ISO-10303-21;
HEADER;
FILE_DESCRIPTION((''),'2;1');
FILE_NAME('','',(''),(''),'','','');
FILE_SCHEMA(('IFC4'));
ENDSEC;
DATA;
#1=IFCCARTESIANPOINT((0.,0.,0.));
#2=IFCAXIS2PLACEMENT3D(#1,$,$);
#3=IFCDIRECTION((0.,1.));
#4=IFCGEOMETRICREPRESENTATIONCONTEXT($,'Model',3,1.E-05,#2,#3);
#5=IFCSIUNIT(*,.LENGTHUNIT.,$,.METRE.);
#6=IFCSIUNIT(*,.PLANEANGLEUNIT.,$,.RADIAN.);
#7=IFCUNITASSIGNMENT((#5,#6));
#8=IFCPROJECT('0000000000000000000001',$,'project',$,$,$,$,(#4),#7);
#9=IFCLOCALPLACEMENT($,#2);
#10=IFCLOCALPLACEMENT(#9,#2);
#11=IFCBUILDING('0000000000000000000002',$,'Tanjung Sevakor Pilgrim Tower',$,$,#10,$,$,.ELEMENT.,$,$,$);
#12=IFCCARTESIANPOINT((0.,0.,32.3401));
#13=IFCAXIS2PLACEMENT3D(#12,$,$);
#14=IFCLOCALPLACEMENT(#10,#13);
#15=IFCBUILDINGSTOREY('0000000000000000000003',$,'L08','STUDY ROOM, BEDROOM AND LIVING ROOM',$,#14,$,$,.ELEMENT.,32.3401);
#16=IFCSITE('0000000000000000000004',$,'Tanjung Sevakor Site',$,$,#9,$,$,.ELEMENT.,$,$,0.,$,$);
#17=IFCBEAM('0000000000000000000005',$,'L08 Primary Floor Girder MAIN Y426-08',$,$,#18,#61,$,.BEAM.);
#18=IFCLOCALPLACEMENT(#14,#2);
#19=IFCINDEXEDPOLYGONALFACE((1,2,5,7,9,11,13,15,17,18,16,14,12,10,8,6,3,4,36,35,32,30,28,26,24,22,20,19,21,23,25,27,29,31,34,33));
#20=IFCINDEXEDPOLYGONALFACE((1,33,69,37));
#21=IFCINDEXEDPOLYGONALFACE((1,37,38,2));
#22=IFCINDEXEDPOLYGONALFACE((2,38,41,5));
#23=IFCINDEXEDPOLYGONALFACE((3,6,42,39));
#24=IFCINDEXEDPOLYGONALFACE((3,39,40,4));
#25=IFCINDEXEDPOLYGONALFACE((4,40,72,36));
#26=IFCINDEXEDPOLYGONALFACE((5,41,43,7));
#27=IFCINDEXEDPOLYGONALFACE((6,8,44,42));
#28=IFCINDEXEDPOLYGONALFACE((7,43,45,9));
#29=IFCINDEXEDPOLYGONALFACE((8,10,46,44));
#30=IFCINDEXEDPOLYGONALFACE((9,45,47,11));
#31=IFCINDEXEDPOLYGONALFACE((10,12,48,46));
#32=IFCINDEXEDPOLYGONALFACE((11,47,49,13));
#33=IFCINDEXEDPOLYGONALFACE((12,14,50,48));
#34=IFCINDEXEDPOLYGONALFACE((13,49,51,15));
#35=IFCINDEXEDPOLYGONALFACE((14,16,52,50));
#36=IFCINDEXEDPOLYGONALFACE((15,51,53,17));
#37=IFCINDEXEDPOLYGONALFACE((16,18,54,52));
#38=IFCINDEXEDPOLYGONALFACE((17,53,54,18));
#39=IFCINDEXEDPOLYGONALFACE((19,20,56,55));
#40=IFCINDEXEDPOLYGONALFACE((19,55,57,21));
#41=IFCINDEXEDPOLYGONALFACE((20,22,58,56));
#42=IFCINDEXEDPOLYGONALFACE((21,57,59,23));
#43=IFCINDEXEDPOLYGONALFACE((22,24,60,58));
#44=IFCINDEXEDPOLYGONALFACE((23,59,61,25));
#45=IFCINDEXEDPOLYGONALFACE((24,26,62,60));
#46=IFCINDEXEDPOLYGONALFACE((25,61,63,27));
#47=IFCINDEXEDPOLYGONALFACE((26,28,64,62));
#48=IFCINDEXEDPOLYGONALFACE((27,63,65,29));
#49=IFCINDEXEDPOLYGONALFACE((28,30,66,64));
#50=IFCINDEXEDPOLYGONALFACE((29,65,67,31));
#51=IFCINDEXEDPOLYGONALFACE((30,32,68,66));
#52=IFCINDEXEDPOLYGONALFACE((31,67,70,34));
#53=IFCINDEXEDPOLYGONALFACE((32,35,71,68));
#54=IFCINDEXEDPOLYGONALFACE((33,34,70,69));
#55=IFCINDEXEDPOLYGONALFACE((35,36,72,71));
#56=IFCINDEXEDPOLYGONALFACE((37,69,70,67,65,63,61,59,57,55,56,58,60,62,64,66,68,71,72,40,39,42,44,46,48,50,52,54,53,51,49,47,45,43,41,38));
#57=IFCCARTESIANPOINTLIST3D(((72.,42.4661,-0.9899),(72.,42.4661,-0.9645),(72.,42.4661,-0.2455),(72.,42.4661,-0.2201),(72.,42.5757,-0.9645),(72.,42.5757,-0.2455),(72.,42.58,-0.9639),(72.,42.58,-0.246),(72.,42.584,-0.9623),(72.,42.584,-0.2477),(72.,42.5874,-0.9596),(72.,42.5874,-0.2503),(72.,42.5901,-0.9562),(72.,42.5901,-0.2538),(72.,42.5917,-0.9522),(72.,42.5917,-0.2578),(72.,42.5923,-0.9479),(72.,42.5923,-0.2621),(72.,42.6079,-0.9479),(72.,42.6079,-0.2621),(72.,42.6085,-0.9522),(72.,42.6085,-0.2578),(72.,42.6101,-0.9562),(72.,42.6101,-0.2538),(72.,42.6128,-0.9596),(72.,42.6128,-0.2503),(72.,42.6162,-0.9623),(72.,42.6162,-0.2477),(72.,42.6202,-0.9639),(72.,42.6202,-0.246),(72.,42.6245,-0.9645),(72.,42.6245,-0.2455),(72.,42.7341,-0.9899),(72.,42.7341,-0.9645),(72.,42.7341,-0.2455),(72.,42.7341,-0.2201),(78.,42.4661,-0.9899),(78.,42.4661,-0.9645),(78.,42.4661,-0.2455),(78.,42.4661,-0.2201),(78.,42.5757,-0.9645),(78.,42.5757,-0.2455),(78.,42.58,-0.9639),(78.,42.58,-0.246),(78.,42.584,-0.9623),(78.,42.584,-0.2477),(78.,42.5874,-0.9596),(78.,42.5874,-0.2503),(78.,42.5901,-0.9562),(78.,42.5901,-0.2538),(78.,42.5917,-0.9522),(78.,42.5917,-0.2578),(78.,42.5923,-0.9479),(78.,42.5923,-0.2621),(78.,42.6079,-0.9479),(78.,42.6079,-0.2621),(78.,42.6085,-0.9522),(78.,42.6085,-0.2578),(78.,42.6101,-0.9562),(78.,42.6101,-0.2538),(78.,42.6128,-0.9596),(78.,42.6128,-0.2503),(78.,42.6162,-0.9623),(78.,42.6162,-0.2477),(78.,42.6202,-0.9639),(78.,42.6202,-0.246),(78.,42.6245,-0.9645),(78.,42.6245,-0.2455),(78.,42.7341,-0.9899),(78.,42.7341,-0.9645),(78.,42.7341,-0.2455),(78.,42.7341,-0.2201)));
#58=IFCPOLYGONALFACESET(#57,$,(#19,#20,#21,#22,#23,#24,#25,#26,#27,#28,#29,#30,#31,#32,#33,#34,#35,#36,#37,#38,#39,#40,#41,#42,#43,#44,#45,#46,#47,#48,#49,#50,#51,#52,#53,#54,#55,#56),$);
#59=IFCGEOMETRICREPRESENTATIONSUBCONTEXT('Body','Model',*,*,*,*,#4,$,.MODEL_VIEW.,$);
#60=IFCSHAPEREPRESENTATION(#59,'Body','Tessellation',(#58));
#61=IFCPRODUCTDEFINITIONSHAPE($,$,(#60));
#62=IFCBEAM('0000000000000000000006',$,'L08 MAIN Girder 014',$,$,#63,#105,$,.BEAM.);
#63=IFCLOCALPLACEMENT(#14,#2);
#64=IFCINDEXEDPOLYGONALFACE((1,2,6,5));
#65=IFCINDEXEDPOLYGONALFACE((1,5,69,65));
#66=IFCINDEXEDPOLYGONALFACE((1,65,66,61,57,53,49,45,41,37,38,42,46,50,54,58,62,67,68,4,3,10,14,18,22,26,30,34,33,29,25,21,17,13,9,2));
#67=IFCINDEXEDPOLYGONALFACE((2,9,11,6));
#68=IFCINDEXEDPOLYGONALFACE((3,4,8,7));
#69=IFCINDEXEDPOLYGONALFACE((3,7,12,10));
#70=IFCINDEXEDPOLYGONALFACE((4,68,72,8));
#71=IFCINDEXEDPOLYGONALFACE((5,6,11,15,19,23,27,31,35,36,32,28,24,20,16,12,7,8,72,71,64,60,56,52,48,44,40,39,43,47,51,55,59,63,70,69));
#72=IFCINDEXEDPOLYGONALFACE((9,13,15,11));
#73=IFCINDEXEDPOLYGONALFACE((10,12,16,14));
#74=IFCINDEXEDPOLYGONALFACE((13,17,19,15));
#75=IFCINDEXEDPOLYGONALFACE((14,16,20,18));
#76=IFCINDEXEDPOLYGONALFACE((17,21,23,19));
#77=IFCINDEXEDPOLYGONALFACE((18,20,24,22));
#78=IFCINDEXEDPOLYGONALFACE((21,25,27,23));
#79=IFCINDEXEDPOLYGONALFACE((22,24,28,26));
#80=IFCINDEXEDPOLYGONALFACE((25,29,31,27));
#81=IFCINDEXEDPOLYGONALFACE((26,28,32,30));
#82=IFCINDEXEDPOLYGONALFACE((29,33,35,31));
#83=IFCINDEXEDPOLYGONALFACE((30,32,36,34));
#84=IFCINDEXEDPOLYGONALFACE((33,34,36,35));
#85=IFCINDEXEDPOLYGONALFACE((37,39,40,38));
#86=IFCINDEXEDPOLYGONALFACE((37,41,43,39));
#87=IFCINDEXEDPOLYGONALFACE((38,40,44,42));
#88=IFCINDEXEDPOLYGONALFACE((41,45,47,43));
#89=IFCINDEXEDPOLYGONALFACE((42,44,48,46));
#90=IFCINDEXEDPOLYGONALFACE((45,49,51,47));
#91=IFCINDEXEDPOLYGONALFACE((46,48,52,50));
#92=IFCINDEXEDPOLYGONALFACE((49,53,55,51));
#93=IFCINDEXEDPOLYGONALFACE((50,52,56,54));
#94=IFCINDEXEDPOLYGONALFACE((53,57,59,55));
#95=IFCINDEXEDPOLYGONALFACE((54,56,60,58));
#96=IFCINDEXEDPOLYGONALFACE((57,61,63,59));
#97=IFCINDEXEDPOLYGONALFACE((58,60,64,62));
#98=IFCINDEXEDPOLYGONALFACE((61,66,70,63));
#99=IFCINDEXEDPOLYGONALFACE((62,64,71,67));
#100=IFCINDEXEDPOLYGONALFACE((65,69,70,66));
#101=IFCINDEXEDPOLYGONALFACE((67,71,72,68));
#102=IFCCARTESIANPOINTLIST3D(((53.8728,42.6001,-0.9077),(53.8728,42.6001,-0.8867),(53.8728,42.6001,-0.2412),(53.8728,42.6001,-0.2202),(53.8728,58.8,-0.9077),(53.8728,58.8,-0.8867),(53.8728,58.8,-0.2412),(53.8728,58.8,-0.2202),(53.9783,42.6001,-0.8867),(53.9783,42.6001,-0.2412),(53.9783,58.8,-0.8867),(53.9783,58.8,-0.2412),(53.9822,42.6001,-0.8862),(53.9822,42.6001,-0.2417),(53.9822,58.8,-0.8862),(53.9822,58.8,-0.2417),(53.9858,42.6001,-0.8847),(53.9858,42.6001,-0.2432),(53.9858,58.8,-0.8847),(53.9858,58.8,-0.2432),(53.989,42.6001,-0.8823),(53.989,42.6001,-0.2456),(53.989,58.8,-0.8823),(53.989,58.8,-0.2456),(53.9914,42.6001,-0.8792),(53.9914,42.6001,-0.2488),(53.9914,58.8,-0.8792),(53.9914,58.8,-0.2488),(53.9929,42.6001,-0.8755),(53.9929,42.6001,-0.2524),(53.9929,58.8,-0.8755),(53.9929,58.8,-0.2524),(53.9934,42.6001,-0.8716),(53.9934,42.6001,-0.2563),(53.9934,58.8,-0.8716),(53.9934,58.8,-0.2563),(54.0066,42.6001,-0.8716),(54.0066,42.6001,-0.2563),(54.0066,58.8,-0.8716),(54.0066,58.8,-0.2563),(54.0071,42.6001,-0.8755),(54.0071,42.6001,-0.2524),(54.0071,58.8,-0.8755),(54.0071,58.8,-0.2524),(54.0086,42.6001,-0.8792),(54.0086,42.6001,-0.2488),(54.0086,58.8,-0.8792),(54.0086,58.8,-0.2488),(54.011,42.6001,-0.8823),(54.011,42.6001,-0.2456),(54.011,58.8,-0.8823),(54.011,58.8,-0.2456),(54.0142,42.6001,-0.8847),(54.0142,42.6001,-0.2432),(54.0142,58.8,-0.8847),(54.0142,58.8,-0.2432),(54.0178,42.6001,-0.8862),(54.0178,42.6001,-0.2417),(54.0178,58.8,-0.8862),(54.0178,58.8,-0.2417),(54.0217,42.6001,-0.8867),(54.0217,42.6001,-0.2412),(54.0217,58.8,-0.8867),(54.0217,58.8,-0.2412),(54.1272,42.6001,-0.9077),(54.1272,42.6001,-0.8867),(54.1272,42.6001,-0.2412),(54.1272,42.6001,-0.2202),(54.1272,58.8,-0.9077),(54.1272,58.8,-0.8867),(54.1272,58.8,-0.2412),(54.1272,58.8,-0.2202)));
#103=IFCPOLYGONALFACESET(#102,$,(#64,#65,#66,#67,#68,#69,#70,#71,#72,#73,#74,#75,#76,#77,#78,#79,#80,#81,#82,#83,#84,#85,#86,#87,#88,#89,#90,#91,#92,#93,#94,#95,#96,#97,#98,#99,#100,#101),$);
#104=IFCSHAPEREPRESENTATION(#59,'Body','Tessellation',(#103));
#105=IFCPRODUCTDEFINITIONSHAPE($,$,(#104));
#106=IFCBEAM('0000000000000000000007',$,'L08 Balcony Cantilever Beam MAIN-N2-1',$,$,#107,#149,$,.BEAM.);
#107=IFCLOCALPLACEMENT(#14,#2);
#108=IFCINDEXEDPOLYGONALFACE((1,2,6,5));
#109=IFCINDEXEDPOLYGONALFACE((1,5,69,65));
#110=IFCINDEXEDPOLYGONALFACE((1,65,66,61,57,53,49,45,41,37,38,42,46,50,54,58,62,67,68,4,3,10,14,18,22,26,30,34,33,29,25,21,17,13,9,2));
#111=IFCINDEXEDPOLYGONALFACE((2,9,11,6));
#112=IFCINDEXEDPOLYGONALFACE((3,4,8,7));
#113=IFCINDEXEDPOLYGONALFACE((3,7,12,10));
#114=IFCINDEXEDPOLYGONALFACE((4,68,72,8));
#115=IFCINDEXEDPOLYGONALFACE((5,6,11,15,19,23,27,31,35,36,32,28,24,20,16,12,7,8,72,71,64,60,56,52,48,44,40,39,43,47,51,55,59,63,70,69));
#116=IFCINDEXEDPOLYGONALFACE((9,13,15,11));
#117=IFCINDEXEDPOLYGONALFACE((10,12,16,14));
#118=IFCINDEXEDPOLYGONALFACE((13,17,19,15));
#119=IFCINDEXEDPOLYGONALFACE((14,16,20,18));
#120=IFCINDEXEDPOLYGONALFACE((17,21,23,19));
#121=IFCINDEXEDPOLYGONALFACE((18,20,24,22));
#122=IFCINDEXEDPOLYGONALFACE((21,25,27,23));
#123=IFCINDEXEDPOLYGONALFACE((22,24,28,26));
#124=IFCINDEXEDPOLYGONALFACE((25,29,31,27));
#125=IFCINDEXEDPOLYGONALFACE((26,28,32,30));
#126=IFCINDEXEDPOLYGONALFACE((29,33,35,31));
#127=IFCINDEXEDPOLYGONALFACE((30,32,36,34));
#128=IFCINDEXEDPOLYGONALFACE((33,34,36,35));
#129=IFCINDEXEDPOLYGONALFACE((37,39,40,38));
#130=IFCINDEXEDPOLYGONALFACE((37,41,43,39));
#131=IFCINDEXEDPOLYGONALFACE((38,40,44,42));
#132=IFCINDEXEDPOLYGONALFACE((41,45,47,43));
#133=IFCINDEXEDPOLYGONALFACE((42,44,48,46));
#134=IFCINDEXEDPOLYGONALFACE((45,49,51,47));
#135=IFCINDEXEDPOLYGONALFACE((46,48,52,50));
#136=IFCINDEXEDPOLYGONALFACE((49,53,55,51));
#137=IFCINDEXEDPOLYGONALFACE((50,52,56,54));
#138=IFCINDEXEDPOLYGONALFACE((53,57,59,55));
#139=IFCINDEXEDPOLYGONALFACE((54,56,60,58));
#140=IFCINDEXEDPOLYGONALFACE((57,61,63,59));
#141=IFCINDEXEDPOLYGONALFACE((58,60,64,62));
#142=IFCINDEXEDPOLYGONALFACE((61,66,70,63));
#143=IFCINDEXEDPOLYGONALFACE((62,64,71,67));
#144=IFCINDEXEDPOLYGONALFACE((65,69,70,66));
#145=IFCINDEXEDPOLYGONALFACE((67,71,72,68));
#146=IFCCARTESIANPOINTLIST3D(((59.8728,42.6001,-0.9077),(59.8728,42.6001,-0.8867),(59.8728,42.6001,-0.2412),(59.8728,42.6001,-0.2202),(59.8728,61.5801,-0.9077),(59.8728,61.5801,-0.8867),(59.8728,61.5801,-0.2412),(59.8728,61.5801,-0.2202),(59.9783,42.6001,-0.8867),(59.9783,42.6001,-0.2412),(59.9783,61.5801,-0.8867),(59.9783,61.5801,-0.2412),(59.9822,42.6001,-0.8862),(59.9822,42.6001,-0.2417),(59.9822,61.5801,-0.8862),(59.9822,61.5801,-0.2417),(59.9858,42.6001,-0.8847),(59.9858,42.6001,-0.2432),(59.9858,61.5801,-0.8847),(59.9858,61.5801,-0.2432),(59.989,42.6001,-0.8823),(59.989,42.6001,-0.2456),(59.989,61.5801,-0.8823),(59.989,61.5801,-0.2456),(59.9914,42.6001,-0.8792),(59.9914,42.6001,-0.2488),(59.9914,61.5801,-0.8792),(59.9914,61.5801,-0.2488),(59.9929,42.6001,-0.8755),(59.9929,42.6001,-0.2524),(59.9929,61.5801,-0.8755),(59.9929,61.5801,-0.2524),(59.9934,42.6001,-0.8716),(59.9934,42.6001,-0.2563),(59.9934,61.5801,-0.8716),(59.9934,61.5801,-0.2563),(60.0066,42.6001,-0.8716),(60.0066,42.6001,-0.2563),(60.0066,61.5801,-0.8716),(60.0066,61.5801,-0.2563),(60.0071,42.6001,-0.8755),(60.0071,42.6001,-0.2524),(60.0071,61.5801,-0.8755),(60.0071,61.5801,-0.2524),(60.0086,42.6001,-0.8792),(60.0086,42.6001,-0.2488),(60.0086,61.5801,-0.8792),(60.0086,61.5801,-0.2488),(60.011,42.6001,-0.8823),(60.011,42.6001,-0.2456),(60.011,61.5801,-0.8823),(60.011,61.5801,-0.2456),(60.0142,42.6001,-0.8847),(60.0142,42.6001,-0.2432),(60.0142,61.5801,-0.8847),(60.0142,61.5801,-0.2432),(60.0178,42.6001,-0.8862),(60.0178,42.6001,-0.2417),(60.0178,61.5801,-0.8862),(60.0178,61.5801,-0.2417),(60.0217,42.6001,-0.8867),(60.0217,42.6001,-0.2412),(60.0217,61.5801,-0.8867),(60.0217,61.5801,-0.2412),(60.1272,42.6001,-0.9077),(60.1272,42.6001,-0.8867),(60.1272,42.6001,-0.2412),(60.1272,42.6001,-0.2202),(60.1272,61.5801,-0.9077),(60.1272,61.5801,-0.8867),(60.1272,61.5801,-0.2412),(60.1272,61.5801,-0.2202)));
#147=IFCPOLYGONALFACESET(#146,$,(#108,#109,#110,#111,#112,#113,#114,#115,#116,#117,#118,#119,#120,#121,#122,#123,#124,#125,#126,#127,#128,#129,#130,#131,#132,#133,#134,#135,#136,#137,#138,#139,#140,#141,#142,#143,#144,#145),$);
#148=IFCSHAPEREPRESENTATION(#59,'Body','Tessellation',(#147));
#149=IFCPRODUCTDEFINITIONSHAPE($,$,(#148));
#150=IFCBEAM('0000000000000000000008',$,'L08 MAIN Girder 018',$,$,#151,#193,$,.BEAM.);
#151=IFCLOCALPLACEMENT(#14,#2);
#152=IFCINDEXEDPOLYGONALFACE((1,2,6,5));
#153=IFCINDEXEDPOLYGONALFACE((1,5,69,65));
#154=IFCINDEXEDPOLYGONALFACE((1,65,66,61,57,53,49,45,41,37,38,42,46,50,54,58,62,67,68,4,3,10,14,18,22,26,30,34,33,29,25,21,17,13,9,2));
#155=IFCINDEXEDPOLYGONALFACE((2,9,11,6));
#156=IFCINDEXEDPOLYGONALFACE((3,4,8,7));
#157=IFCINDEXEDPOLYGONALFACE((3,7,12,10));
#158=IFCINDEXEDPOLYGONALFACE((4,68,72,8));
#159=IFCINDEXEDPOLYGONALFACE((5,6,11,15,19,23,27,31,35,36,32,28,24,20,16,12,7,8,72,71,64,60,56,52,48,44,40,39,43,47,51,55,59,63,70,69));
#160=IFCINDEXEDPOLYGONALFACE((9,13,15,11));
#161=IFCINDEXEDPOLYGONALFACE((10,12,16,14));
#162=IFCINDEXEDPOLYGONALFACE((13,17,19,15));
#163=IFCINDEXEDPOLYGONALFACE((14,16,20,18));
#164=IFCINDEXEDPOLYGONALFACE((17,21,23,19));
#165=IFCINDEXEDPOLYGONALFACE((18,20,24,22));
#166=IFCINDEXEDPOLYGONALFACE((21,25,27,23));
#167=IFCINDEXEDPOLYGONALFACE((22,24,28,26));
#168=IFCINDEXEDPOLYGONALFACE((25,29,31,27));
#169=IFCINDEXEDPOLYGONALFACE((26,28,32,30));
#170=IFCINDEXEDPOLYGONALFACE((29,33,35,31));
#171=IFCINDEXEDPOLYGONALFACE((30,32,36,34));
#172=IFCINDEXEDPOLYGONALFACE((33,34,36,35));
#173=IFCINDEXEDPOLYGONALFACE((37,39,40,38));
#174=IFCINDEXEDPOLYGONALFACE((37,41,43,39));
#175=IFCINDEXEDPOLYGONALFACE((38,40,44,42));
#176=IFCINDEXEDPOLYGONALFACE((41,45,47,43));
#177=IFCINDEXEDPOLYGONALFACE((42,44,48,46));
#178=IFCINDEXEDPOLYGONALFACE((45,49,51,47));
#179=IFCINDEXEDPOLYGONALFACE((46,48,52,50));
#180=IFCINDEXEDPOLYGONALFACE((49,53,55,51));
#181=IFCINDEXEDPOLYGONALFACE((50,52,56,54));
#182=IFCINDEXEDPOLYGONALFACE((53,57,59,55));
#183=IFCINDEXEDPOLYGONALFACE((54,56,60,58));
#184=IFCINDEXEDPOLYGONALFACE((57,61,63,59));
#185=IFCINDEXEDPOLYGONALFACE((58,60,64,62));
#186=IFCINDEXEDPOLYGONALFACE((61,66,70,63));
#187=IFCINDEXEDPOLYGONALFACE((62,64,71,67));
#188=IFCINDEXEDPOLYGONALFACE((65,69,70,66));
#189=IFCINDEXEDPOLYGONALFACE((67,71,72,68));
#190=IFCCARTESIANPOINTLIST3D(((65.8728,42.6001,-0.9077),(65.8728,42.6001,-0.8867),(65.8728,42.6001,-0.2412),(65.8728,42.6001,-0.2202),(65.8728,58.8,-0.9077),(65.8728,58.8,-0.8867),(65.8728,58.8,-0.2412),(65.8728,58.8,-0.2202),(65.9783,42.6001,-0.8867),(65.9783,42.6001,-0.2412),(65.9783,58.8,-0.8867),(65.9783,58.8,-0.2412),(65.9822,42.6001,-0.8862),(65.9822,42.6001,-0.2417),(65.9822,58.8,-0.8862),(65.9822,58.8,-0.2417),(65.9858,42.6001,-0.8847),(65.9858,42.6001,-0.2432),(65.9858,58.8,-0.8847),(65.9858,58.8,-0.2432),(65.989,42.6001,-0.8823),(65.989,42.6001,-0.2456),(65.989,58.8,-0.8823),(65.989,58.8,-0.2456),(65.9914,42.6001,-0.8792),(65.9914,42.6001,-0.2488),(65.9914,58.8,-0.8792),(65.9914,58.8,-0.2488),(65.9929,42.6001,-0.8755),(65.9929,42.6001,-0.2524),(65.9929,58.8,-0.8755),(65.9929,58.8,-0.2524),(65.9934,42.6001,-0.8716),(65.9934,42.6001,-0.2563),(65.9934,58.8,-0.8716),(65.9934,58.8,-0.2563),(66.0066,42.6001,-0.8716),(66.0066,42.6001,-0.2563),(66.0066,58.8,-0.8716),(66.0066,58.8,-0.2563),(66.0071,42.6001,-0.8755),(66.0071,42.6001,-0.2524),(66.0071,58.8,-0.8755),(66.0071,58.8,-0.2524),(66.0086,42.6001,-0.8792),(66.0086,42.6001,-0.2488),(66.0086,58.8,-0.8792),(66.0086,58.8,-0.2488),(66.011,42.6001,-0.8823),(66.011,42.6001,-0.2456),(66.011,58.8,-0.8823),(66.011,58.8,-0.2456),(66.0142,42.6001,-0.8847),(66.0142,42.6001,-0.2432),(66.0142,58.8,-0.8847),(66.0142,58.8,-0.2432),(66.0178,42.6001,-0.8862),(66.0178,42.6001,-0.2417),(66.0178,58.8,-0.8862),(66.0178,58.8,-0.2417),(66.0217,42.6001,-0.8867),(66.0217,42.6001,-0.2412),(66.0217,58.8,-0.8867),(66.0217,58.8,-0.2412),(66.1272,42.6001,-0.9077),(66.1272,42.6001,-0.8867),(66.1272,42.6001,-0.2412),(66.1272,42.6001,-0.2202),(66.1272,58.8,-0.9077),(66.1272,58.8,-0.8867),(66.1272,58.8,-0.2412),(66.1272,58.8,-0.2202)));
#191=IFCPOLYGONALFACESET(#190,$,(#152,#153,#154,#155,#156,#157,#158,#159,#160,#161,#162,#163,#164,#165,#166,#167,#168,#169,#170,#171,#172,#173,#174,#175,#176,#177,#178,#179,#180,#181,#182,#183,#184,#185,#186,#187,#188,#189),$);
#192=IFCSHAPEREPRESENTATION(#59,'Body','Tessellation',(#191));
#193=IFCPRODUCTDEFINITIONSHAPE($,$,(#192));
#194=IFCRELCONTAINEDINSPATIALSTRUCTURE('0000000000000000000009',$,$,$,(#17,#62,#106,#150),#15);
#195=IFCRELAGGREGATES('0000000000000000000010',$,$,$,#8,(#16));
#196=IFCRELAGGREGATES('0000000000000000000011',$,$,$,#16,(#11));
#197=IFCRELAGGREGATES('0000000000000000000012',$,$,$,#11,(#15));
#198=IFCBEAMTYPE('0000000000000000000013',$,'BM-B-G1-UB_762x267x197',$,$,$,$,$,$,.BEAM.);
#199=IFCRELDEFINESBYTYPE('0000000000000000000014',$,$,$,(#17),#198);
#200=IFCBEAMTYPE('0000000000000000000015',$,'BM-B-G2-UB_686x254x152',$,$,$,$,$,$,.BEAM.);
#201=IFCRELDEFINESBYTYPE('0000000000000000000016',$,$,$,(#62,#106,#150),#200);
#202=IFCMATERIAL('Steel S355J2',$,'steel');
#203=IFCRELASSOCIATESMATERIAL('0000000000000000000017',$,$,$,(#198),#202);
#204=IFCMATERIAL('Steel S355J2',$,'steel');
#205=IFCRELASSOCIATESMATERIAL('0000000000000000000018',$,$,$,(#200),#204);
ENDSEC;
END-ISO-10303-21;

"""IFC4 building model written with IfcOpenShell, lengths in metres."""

from ifc_helpers import new_model, si_unit, direction, frame, origin, origin_2d, place, context, subcontext, project, spatial, i_section, extrude, material, material_profile, profile_set, type_object, element, save


model = new_model("IFC4")

# Units and contexts
model_context = context("Model", 3, precision=1e-05, world=origin(), true_north=direction((0.0, 1.0)))
body_context = subcontext(model_context, "Body", "Model", "MODEL_VIEW")
ifc_project = project(units=[si_unit("LENGTHUNIT", "METRE"), si_unit("PLANEANGLEUNIT", "RADIAN")], contexts=[model_context])

# Site, building, storey
site_placement = place(None, origin())
site = spatial("IfcSite", under=ifc_project, at=site_placement, Name="Tanjung Sevakor Site", CompositionType="ELEMENT", RefElevation=0.0)
building_placement = place(site_placement, origin())
building = spatial("IfcBuilding", under=site, at=building_placement, Name="Tanjung Sevakor Pilgrim Tower", CompositionType="ELEMENT")
storey_placement = place(building_placement, frame((0.0, 0.0, 32.3401)))
storey = spatial("IfcBuildingStorey", under=building, at=storey_placement, Name="L08", Description="STUDY ROOM, BEDROOM AND LIVING ROOM", CompositionType="ELEMENT", Elevation=32.3401)

# Beams
ifc_material_1 = material(Name="Steel S355J2", Category="steel")
ifc_material_profile_1 = material_profile(ifc_material_1, i_section(OverallWidth=0.2681, OverallDepth=0.7698, WebThickness=0.0156, FlangeThickness=0.0254, FilletRadius=0.0166, at=origin_2d()))
ifc_profile_set_1 = profile_set([ifc_material_profile_1], Name="Steel S355J2")
beam_type_1 = type_object("IfcBeamType", Name="BM-B-G1-UB_762x267x197", PredefinedType="BEAM", material=ifc_profile_set_1)
for number, where, z_axis, x_axis, name in (
    (1, (72.0, 42.6001, -0.605), (1.0, 0.0, 0.0), (0.0, 1.0, 0.0), "L08 Primary Floor Girder MAIN Y426-08"),
):
    element("IfcBeam", number, at=place(storey_placement, frame(where, z_axis=z_axis, x_axis=x_axis)), inside=storey, type_object=beam_type_1, Name=name, PredefinedType="BEAM", context=body_context, shape_type="SweptSolid", body=[
        extrude(i_section(OverallWidth=0.2681, OverallDepth=0.7698, WebThickness=0.0156, FlangeThickness=0.0254, FilletRadius=0.0166, at=origin_2d()), origin(), (0.0, 0.0, 1.0), 6.0),
    ])
ifc_material_2 = material(Name="Steel S355J2", Category="steel")
ifc_material_profile_2 = material_profile(ifc_material_2, i_section(OverallWidth=0.2544, OverallDepth=0.6875, WebThickness=0.0132, FlangeThickness=0.021, FilletRadius=0.0151, at=origin_2d()))
ifc_profile_set_2 = profile_set([ifc_material_profile_2], Name="Steel S355J2")
beam_type_2 = type_object("IfcBeamType", Name="BM-B-G2-UB_686x254x152", PredefinedType="BEAM", material=ifc_profile_set_2)
beam_1_placement = place(storey_placement, frame((54.0, 42.6001, -0.564), z_axis=(0.0, 1.0, 0.0), x_axis=(-1.0, 0.0, 0.0)))
element("IfcBeam", 2, at=beam_1_placement, inside=storey, type_object=beam_type_2, Name="L08 MAIN Girder 014", PredefinedType="BEAM", context=body_context, shape_type="SweptSolid", body=[
    extrude(i_section(OverallWidth=0.2544, OverallDepth=0.6875, WebThickness=0.0132, FlangeThickness=0.021, FilletRadius=0.0151, at=origin_2d()), origin(), (0.0, 0.0, 1.0), 16.2),
])
beam_2_placement = place(storey_placement, frame((60.0, 42.6001, -0.564), z_axis=(0.0, 1.0, 0.0), x_axis=(-1.0, 0.0, 0.0)))
element("IfcBeam", 3, at=beam_2_placement, inside=storey, type_object=beam_type_2, Name="L08 Balcony Cantilever Beam MAIN-N2-1", PredefinedType="BEAM", context=body_context, shape_type="SweptSolid", body=[
    extrude(i_section(OverallWidth=0.2544, OverallDepth=0.6875, WebThickness=0.0132, FlangeThickness=0.021, FilletRadius=0.0151, at=origin_2d()), origin(), (0.0, 0.0, 1.0), 18.98),
])
beam_3_placement = place(storey_placement, frame((66.0, 42.6001, -0.564), z_axis=(0.0, 1.0, 0.0), x_axis=(-1.0, 0.0, 0.0)))
element("IfcBeam", 4, at=beam_3_placement, inside=storey, type_object=beam_type_2, Name="L08 MAIN Girder 018", PredefinedType="BEAM", context=body_context, shape_type="SweptSolid", body=[
    extrude(i_section(OverallWidth=0.2544, OverallDepth=0.6875, WebThickness=0.0132, FlangeThickness=0.021, FilletRadius=0.0151, at=origin_2d()), origin(), (0.0, 0.0, 1.0), 16.2),
])

save(model, "model.ifc")
